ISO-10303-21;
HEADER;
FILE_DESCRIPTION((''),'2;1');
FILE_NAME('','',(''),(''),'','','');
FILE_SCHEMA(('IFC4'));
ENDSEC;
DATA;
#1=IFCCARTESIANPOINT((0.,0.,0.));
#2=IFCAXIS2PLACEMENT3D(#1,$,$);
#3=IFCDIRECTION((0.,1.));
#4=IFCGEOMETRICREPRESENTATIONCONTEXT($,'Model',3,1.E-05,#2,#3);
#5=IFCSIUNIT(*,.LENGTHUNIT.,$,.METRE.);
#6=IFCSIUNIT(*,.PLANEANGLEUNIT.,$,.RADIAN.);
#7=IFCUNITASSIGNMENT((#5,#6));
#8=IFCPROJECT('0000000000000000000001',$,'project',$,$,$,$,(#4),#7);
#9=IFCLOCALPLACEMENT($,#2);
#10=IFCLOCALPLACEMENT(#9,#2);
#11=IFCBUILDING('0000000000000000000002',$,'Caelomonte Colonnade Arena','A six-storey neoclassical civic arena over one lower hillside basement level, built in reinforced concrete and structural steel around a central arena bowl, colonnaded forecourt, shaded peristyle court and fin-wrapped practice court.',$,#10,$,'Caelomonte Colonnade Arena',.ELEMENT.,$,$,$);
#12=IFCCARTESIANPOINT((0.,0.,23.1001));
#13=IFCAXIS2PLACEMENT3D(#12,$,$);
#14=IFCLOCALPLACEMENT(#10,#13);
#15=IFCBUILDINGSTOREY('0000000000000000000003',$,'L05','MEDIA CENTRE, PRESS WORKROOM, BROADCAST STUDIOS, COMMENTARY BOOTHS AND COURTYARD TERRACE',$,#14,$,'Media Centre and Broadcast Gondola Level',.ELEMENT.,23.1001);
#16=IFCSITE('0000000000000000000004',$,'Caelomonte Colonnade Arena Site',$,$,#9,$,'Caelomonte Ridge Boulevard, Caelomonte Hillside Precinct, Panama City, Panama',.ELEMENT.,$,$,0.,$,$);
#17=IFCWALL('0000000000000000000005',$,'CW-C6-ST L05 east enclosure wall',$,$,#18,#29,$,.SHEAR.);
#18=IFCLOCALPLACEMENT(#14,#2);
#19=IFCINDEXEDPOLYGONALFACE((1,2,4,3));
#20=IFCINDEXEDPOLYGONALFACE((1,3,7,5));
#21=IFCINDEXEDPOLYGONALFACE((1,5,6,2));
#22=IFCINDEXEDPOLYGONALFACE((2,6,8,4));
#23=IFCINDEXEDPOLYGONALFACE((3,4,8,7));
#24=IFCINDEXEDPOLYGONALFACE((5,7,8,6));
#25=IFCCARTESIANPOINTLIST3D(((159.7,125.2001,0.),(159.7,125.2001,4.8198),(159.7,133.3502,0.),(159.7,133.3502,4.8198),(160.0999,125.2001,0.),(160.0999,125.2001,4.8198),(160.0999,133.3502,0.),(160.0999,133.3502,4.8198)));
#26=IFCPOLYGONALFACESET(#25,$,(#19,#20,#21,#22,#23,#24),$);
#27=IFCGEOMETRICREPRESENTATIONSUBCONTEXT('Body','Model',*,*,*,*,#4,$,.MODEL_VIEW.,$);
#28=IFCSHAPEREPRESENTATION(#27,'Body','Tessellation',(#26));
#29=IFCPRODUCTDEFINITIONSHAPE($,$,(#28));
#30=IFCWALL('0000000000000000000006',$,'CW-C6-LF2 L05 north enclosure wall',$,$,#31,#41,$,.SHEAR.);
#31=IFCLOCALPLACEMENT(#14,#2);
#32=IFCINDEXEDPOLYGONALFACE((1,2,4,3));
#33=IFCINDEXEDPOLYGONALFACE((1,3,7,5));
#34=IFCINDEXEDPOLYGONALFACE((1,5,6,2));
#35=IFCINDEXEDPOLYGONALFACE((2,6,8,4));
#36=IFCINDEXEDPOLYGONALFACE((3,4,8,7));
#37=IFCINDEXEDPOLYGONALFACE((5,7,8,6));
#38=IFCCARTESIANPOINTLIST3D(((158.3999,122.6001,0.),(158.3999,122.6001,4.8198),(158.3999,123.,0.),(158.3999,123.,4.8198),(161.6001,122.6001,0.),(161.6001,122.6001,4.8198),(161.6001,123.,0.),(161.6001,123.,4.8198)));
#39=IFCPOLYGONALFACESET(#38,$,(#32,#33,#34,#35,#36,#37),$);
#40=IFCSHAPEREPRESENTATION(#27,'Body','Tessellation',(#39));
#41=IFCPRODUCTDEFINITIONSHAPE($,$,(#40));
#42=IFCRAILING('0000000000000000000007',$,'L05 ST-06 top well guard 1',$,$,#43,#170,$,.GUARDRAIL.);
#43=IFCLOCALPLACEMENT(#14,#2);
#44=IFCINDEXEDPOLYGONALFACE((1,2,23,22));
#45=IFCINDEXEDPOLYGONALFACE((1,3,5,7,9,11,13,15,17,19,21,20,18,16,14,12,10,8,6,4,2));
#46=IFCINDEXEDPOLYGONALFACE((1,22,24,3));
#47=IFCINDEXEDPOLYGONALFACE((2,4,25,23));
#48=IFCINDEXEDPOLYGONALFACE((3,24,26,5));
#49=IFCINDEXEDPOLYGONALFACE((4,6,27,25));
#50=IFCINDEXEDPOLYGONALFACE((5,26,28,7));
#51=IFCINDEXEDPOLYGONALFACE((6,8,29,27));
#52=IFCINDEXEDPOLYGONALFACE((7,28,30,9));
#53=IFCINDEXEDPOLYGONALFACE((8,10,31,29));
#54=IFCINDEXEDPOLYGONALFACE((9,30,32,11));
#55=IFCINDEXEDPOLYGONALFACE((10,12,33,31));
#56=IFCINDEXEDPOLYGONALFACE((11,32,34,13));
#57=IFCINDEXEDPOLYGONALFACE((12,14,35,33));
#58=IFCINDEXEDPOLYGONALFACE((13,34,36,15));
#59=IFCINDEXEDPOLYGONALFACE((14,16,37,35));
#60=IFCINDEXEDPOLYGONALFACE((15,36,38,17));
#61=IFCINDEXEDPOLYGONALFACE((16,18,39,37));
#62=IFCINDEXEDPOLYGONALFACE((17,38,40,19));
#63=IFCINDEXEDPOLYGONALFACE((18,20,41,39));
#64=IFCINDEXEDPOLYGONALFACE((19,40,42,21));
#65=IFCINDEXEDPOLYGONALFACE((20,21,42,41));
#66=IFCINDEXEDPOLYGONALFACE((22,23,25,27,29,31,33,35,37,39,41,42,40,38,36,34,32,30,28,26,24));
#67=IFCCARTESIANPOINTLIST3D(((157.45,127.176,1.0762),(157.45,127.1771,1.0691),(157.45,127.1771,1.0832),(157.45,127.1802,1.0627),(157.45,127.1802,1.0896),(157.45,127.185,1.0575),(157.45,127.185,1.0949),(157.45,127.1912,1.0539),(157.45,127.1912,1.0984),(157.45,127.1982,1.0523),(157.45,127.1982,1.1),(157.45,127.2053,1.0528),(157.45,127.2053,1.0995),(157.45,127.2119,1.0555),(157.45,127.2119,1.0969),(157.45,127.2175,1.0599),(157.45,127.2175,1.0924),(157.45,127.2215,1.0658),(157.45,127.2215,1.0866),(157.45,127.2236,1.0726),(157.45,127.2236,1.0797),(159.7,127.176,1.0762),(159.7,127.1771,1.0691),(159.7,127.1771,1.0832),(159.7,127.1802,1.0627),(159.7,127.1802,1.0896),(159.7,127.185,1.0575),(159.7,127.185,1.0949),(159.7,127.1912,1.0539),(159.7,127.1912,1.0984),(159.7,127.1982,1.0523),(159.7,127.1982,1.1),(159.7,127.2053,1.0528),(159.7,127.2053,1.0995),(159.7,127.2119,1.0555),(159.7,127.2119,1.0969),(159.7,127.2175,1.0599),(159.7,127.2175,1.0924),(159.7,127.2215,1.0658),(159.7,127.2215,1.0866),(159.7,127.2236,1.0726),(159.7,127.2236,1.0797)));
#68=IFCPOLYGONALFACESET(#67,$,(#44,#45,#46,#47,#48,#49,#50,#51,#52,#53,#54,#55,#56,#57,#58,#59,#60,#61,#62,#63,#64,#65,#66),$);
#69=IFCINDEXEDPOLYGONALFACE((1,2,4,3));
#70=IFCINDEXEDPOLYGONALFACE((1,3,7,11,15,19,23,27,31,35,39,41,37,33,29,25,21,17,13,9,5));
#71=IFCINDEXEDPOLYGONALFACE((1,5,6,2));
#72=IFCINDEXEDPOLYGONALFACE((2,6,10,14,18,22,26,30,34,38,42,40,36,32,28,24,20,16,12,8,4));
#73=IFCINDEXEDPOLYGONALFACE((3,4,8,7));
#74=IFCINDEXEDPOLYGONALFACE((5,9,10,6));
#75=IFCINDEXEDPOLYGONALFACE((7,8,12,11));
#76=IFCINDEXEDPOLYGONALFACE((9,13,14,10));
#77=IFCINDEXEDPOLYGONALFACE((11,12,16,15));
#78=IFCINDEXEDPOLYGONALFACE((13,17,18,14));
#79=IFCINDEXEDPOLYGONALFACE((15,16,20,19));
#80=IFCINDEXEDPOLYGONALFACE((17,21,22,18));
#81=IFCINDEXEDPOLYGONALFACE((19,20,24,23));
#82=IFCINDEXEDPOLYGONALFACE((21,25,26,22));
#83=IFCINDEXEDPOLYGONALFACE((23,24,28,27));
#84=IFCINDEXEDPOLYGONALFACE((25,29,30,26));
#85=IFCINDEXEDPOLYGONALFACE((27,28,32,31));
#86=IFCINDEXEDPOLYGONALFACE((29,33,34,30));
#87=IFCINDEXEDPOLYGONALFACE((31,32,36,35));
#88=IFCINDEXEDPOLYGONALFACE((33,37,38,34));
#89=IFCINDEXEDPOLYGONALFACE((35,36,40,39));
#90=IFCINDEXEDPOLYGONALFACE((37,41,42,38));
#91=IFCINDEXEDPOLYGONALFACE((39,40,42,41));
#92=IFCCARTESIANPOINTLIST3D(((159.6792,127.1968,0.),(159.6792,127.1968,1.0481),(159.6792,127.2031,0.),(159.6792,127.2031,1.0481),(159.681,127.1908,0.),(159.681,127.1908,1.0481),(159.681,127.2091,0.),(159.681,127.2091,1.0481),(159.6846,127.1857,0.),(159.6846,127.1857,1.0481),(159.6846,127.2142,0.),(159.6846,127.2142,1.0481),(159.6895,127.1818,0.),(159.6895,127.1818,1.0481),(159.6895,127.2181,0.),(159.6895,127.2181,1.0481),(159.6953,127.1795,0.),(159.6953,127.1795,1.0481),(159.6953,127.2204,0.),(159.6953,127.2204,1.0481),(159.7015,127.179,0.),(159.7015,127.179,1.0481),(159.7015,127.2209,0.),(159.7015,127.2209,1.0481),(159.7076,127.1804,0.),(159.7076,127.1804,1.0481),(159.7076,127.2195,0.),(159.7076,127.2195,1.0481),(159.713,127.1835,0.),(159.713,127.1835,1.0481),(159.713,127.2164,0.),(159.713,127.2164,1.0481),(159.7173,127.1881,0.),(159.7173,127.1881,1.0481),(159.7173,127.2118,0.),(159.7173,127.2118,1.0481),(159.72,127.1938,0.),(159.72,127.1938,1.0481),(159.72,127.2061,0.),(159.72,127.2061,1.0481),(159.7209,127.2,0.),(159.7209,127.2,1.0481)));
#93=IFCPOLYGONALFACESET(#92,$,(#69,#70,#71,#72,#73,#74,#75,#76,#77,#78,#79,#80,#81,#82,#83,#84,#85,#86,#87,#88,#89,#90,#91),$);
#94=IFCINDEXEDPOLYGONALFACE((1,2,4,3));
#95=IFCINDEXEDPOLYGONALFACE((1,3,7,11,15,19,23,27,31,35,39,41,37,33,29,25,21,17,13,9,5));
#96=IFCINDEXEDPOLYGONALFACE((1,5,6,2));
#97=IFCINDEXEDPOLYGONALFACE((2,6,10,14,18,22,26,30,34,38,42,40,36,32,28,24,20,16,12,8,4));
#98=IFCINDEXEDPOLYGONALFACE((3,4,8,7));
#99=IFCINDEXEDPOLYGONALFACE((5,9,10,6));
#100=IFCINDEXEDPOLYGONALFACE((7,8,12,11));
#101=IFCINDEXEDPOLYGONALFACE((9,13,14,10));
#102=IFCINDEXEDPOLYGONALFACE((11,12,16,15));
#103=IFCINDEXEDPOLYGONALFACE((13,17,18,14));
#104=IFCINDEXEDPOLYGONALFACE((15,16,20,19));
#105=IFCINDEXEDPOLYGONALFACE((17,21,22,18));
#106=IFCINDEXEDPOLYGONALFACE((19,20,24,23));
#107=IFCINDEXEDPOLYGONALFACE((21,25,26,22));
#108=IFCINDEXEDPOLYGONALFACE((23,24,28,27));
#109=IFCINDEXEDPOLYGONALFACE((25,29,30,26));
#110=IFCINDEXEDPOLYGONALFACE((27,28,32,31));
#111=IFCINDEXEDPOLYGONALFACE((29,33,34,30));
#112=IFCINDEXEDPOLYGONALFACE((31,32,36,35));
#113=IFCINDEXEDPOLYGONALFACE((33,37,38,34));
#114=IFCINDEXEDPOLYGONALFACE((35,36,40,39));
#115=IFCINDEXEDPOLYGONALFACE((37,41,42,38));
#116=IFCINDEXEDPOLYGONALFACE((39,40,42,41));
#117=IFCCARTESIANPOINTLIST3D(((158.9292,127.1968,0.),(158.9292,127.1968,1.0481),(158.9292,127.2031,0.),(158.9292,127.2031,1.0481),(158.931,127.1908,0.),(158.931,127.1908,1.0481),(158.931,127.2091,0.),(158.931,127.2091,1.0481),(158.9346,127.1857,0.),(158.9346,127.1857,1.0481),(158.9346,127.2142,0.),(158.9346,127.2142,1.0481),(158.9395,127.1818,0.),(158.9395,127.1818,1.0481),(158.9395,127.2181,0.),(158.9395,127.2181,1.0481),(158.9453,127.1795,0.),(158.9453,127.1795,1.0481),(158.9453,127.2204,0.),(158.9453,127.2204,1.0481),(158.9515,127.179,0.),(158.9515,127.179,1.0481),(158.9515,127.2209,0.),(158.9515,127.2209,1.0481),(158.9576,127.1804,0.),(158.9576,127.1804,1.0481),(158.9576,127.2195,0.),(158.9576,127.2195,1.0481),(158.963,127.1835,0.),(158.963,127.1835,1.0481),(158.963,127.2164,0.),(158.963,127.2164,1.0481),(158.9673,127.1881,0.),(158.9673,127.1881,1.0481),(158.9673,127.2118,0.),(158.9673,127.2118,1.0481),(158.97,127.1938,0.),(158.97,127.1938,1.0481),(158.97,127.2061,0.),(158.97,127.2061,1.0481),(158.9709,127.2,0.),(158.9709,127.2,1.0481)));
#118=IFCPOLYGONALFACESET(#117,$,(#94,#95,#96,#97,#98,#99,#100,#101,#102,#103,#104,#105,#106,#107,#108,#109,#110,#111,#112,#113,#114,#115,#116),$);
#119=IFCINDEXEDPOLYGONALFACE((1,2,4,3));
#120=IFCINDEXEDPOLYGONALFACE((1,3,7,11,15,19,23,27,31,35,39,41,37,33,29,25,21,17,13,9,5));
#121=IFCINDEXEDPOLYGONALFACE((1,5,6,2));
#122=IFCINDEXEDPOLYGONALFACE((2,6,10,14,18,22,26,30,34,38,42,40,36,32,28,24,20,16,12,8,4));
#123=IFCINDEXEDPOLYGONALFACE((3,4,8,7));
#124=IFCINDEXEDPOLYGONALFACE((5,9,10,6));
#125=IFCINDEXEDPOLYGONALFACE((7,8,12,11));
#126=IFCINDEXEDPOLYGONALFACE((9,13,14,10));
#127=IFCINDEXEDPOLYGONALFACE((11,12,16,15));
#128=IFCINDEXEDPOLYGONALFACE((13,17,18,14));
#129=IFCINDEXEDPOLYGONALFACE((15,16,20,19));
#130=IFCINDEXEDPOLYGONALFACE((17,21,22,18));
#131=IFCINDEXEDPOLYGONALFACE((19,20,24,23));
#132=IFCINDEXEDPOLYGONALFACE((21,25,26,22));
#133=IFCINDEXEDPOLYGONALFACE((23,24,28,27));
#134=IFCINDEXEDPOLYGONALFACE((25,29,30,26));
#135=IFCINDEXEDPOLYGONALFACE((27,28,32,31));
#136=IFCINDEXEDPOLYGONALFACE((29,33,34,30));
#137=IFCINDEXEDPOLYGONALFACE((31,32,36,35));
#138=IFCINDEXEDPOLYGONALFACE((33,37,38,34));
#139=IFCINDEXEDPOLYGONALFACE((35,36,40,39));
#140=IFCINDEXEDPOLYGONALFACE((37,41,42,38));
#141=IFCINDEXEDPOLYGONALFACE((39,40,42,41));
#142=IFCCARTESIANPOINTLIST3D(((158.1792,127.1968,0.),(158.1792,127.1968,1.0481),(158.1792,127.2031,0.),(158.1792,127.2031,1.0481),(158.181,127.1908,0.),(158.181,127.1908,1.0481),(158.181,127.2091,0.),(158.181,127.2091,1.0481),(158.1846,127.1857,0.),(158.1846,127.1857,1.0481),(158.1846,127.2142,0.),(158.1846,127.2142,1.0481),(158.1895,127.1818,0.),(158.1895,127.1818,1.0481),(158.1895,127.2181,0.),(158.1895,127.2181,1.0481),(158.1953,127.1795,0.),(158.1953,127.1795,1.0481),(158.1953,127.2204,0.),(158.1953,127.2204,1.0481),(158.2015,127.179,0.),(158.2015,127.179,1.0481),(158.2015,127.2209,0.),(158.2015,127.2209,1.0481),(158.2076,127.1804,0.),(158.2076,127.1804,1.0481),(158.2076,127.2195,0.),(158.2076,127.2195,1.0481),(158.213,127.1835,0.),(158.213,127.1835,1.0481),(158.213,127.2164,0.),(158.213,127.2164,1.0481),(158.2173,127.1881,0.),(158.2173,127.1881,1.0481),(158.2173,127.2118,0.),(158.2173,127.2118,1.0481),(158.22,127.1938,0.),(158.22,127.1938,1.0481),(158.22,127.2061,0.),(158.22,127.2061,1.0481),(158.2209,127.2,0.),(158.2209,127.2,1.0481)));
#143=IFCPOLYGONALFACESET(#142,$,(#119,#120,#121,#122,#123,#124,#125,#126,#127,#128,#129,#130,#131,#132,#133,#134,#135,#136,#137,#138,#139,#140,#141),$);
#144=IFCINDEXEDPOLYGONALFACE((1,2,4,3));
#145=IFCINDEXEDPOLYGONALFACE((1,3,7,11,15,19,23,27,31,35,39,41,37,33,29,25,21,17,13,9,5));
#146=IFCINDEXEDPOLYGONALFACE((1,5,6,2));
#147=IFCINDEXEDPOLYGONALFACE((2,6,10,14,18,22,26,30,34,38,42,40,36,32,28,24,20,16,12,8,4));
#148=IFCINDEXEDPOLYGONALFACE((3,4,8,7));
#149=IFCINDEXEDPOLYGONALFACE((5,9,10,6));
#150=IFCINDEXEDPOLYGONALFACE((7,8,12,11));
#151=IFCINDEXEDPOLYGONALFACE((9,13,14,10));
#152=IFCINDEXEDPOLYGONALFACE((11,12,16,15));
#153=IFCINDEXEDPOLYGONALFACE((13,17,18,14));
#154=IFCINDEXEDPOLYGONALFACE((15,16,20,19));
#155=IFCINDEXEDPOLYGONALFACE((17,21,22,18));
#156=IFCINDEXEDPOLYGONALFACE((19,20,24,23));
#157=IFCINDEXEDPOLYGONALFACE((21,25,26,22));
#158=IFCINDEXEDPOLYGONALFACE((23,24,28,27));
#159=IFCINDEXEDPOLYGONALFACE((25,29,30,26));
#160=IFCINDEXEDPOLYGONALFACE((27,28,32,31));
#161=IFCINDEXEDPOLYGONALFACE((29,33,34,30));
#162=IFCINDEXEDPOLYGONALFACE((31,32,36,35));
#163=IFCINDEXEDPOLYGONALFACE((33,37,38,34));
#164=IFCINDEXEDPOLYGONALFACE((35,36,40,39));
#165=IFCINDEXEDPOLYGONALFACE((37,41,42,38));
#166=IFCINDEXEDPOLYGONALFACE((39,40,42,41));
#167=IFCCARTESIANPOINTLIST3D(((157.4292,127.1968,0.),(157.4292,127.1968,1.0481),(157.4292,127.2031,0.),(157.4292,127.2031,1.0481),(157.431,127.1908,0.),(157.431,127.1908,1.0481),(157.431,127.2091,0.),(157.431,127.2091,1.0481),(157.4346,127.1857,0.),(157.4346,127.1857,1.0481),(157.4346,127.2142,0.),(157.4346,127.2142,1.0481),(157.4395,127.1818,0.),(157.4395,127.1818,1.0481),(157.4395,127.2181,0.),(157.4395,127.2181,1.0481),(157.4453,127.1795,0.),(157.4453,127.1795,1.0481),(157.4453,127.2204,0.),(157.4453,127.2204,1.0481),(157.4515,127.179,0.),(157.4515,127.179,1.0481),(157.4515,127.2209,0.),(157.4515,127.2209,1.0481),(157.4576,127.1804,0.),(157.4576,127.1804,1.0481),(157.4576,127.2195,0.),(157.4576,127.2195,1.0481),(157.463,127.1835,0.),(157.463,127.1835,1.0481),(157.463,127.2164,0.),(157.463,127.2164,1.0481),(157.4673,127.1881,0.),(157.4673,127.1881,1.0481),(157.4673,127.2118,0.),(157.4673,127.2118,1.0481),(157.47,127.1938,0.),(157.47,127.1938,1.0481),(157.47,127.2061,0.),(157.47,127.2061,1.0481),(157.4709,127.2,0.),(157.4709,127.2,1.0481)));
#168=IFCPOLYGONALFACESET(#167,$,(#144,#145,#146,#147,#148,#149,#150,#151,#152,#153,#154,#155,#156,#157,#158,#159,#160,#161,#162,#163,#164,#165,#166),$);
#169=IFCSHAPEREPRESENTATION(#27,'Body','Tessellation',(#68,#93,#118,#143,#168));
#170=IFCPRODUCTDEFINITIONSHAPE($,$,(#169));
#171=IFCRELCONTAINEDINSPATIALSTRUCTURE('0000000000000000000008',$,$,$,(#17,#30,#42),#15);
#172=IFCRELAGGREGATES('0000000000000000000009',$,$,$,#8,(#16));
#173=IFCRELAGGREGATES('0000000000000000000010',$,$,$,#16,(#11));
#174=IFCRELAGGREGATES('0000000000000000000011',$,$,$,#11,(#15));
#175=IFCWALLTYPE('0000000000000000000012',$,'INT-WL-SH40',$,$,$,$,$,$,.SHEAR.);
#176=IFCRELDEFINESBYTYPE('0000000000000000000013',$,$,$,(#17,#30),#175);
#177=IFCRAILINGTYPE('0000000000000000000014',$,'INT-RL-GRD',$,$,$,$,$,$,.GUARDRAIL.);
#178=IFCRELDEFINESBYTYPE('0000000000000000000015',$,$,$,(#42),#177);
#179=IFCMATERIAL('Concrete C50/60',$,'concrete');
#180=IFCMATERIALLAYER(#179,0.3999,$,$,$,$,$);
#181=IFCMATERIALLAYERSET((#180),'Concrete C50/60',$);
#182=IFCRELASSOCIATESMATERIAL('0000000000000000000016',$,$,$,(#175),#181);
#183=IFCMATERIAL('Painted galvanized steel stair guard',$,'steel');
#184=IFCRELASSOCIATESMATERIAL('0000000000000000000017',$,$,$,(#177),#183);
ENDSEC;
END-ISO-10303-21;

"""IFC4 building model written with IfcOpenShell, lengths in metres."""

from ifc_helpers import new_model, si_unit, direction, frame, frame_2d, origin, origin_2d, place, context, subcontext, project, spatial, rectangle, circle, extrude, material, layer, layer_set, type_object, element, save


model = new_model("IFC4")

# Units and contexts
model_context = context("Model", 3, precision=1e-05, world=origin(), true_north=direction((0.0, 1.0)))
body_context = subcontext(model_context, "Body", "Model", "MODEL_VIEW")
ifc_project = project(units=[si_unit("LENGTHUNIT", "METRE"), si_unit("PLANEANGLEUNIT", "RADIAN")], contexts=[model_context])

# Site, building, storey
site_placement = place(None, origin())
site = spatial("IfcSite", under=ifc_project, at=site_placement, Name="Caelomonte Colonnade Arena Site", LongName="Caelomonte Ridge Boulevard, Caelomonte Hillside Precinct, Panama City, Panama", CompositionType="ELEMENT", RefElevation=0.0)
building_placement = place(site_placement, origin())
building = spatial("IfcBuilding", under=site, at=building_placement, Name="Caelomonte Colonnade Arena", Description="A six-storey neoclassical civic arena over one lower hillside basement level, built in reinforced concrete and structural steel around a central arena bowl, colonnaded forecourt, shaded peristyle court and fin-wrapped practice court.", LongName="Caelomonte Colonnade Arena", CompositionType="ELEMENT")
storey_placement = place(building_placement, frame((0.0, 0.0, 23.1001)))
storey = spatial("IfcBuildingStorey", under=building, at=storey_placement, Name="L05", Description="MEDIA CENTRE, PRESS WORKROOM, BROADCAST STUDIOS, COMMENTARY BOOTHS AND COURTYARD TERRACE", LongName="Media Centre and Broadcast Gondola Level", CompositionType="ELEMENT", Elevation=23.1001)

# Walls
ifc_material_1 = material(Name="Concrete C50/60", Category="concrete")
ifc_layer_1 = layer(ifc_material_1, 0.3999)
ifc_layer_set_1 = layer_set([ifc_layer_1], Name="Concrete C50/60")
wall_type_1 = type_object("IfcWallType", Name="INT-WL-SH40", PredefinedType="SHEAR", material=ifc_layer_set_1)
wall_1_placement = place(storey_placement, frame((159.8999, 125.2, 0.0), z_axis=(0.0, 0.0, 1.0), x_axis=(0.0, 1.0, 0.0)))
element("IfcWall", 1, at=wall_1_placement, inside=storey, type_object=wall_type_1, Name="CW-C6-ST L05 east enclosure wall", PredefinedType="SHEAR", context=body_context, shape_type="SweptSolid", body=[
    extrude(rectangle(XDim=8.1501, YDim=0.3999, at=frame_2d((4.0752, 0.0))), origin(), (0.0, 0.0, 1.0), 4.8198),
])
wall_2_placement = place(storey_placement, frame((161.6001, 122.8, 0.0), z_axis=(0.0, 0.0, 1.0), x_axis=(-1.0, 0.0, 0.0)))
element("IfcWall", 2, at=wall_2_placement, inside=storey, type_object=wall_type_1, Name="CW-C6-LF2 L05 north enclosure wall", PredefinedType="SHEAR", context=body_context, shape_type="SweptSolid", body=[
    extrude(rectangle(XDim=3.2002, YDim=0.3999, at=frame_2d((1.6001, 0.0))), origin(), (0.0, 0.0, 1.0), 4.8198),
])

# Railing
ifc_material_2 = material(Name="Painted galvanized steel stair guard", Category="steel")
railing_type = type_object("IfcRailingType", Name="INT-RL-GRD", PredefinedType="GUARDRAIL", material=ifc_material_2)
railing_1_placement = place(storey_placement, frame((159.7, 127.2, 0.0)))
element("IfcRailing", 3, at=railing_1_placement, inside=storey, type_object=railing_type, Name="L05 ST-06 top well guard 1", PredefinedType="GUARDRAIL", context=body_context, shape_type="SweptSolid", body=[
    extrude(circle(Radius=0.0239, at=origin_2d()), frame((0.0, 0.0, 1.0762), z_axis=(-1.0, 0.0, 0.0), x_axis=(0.0, -1.0, 0.0)), (0.0, 0.0, 1.0), 2.25),
    extrude(circle(Radius=0.021, at=origin_2d()), origin(), (0.0, 0.0, 1.0), 1.0481),
    extrude(circle(Radius=0.021, at=origin_2d()), frame((-0.75, 0.0, 0.0)), (0.0, 0.0, 1.0), 1.0481),
    extrude(circle(Radius=0.021, at=origin_2d()), frame((-1.5, 0.0, 0.0)), (0.0, 0.0, 1.0), 1.0481),
    extrude(circle(Radius=0.021, at=origin_2d()), frame((-2.25, 0.0, 0.0)), (0.0, 0.0, 1.0), 1.0481),
])

save(model, "model.ifc")
